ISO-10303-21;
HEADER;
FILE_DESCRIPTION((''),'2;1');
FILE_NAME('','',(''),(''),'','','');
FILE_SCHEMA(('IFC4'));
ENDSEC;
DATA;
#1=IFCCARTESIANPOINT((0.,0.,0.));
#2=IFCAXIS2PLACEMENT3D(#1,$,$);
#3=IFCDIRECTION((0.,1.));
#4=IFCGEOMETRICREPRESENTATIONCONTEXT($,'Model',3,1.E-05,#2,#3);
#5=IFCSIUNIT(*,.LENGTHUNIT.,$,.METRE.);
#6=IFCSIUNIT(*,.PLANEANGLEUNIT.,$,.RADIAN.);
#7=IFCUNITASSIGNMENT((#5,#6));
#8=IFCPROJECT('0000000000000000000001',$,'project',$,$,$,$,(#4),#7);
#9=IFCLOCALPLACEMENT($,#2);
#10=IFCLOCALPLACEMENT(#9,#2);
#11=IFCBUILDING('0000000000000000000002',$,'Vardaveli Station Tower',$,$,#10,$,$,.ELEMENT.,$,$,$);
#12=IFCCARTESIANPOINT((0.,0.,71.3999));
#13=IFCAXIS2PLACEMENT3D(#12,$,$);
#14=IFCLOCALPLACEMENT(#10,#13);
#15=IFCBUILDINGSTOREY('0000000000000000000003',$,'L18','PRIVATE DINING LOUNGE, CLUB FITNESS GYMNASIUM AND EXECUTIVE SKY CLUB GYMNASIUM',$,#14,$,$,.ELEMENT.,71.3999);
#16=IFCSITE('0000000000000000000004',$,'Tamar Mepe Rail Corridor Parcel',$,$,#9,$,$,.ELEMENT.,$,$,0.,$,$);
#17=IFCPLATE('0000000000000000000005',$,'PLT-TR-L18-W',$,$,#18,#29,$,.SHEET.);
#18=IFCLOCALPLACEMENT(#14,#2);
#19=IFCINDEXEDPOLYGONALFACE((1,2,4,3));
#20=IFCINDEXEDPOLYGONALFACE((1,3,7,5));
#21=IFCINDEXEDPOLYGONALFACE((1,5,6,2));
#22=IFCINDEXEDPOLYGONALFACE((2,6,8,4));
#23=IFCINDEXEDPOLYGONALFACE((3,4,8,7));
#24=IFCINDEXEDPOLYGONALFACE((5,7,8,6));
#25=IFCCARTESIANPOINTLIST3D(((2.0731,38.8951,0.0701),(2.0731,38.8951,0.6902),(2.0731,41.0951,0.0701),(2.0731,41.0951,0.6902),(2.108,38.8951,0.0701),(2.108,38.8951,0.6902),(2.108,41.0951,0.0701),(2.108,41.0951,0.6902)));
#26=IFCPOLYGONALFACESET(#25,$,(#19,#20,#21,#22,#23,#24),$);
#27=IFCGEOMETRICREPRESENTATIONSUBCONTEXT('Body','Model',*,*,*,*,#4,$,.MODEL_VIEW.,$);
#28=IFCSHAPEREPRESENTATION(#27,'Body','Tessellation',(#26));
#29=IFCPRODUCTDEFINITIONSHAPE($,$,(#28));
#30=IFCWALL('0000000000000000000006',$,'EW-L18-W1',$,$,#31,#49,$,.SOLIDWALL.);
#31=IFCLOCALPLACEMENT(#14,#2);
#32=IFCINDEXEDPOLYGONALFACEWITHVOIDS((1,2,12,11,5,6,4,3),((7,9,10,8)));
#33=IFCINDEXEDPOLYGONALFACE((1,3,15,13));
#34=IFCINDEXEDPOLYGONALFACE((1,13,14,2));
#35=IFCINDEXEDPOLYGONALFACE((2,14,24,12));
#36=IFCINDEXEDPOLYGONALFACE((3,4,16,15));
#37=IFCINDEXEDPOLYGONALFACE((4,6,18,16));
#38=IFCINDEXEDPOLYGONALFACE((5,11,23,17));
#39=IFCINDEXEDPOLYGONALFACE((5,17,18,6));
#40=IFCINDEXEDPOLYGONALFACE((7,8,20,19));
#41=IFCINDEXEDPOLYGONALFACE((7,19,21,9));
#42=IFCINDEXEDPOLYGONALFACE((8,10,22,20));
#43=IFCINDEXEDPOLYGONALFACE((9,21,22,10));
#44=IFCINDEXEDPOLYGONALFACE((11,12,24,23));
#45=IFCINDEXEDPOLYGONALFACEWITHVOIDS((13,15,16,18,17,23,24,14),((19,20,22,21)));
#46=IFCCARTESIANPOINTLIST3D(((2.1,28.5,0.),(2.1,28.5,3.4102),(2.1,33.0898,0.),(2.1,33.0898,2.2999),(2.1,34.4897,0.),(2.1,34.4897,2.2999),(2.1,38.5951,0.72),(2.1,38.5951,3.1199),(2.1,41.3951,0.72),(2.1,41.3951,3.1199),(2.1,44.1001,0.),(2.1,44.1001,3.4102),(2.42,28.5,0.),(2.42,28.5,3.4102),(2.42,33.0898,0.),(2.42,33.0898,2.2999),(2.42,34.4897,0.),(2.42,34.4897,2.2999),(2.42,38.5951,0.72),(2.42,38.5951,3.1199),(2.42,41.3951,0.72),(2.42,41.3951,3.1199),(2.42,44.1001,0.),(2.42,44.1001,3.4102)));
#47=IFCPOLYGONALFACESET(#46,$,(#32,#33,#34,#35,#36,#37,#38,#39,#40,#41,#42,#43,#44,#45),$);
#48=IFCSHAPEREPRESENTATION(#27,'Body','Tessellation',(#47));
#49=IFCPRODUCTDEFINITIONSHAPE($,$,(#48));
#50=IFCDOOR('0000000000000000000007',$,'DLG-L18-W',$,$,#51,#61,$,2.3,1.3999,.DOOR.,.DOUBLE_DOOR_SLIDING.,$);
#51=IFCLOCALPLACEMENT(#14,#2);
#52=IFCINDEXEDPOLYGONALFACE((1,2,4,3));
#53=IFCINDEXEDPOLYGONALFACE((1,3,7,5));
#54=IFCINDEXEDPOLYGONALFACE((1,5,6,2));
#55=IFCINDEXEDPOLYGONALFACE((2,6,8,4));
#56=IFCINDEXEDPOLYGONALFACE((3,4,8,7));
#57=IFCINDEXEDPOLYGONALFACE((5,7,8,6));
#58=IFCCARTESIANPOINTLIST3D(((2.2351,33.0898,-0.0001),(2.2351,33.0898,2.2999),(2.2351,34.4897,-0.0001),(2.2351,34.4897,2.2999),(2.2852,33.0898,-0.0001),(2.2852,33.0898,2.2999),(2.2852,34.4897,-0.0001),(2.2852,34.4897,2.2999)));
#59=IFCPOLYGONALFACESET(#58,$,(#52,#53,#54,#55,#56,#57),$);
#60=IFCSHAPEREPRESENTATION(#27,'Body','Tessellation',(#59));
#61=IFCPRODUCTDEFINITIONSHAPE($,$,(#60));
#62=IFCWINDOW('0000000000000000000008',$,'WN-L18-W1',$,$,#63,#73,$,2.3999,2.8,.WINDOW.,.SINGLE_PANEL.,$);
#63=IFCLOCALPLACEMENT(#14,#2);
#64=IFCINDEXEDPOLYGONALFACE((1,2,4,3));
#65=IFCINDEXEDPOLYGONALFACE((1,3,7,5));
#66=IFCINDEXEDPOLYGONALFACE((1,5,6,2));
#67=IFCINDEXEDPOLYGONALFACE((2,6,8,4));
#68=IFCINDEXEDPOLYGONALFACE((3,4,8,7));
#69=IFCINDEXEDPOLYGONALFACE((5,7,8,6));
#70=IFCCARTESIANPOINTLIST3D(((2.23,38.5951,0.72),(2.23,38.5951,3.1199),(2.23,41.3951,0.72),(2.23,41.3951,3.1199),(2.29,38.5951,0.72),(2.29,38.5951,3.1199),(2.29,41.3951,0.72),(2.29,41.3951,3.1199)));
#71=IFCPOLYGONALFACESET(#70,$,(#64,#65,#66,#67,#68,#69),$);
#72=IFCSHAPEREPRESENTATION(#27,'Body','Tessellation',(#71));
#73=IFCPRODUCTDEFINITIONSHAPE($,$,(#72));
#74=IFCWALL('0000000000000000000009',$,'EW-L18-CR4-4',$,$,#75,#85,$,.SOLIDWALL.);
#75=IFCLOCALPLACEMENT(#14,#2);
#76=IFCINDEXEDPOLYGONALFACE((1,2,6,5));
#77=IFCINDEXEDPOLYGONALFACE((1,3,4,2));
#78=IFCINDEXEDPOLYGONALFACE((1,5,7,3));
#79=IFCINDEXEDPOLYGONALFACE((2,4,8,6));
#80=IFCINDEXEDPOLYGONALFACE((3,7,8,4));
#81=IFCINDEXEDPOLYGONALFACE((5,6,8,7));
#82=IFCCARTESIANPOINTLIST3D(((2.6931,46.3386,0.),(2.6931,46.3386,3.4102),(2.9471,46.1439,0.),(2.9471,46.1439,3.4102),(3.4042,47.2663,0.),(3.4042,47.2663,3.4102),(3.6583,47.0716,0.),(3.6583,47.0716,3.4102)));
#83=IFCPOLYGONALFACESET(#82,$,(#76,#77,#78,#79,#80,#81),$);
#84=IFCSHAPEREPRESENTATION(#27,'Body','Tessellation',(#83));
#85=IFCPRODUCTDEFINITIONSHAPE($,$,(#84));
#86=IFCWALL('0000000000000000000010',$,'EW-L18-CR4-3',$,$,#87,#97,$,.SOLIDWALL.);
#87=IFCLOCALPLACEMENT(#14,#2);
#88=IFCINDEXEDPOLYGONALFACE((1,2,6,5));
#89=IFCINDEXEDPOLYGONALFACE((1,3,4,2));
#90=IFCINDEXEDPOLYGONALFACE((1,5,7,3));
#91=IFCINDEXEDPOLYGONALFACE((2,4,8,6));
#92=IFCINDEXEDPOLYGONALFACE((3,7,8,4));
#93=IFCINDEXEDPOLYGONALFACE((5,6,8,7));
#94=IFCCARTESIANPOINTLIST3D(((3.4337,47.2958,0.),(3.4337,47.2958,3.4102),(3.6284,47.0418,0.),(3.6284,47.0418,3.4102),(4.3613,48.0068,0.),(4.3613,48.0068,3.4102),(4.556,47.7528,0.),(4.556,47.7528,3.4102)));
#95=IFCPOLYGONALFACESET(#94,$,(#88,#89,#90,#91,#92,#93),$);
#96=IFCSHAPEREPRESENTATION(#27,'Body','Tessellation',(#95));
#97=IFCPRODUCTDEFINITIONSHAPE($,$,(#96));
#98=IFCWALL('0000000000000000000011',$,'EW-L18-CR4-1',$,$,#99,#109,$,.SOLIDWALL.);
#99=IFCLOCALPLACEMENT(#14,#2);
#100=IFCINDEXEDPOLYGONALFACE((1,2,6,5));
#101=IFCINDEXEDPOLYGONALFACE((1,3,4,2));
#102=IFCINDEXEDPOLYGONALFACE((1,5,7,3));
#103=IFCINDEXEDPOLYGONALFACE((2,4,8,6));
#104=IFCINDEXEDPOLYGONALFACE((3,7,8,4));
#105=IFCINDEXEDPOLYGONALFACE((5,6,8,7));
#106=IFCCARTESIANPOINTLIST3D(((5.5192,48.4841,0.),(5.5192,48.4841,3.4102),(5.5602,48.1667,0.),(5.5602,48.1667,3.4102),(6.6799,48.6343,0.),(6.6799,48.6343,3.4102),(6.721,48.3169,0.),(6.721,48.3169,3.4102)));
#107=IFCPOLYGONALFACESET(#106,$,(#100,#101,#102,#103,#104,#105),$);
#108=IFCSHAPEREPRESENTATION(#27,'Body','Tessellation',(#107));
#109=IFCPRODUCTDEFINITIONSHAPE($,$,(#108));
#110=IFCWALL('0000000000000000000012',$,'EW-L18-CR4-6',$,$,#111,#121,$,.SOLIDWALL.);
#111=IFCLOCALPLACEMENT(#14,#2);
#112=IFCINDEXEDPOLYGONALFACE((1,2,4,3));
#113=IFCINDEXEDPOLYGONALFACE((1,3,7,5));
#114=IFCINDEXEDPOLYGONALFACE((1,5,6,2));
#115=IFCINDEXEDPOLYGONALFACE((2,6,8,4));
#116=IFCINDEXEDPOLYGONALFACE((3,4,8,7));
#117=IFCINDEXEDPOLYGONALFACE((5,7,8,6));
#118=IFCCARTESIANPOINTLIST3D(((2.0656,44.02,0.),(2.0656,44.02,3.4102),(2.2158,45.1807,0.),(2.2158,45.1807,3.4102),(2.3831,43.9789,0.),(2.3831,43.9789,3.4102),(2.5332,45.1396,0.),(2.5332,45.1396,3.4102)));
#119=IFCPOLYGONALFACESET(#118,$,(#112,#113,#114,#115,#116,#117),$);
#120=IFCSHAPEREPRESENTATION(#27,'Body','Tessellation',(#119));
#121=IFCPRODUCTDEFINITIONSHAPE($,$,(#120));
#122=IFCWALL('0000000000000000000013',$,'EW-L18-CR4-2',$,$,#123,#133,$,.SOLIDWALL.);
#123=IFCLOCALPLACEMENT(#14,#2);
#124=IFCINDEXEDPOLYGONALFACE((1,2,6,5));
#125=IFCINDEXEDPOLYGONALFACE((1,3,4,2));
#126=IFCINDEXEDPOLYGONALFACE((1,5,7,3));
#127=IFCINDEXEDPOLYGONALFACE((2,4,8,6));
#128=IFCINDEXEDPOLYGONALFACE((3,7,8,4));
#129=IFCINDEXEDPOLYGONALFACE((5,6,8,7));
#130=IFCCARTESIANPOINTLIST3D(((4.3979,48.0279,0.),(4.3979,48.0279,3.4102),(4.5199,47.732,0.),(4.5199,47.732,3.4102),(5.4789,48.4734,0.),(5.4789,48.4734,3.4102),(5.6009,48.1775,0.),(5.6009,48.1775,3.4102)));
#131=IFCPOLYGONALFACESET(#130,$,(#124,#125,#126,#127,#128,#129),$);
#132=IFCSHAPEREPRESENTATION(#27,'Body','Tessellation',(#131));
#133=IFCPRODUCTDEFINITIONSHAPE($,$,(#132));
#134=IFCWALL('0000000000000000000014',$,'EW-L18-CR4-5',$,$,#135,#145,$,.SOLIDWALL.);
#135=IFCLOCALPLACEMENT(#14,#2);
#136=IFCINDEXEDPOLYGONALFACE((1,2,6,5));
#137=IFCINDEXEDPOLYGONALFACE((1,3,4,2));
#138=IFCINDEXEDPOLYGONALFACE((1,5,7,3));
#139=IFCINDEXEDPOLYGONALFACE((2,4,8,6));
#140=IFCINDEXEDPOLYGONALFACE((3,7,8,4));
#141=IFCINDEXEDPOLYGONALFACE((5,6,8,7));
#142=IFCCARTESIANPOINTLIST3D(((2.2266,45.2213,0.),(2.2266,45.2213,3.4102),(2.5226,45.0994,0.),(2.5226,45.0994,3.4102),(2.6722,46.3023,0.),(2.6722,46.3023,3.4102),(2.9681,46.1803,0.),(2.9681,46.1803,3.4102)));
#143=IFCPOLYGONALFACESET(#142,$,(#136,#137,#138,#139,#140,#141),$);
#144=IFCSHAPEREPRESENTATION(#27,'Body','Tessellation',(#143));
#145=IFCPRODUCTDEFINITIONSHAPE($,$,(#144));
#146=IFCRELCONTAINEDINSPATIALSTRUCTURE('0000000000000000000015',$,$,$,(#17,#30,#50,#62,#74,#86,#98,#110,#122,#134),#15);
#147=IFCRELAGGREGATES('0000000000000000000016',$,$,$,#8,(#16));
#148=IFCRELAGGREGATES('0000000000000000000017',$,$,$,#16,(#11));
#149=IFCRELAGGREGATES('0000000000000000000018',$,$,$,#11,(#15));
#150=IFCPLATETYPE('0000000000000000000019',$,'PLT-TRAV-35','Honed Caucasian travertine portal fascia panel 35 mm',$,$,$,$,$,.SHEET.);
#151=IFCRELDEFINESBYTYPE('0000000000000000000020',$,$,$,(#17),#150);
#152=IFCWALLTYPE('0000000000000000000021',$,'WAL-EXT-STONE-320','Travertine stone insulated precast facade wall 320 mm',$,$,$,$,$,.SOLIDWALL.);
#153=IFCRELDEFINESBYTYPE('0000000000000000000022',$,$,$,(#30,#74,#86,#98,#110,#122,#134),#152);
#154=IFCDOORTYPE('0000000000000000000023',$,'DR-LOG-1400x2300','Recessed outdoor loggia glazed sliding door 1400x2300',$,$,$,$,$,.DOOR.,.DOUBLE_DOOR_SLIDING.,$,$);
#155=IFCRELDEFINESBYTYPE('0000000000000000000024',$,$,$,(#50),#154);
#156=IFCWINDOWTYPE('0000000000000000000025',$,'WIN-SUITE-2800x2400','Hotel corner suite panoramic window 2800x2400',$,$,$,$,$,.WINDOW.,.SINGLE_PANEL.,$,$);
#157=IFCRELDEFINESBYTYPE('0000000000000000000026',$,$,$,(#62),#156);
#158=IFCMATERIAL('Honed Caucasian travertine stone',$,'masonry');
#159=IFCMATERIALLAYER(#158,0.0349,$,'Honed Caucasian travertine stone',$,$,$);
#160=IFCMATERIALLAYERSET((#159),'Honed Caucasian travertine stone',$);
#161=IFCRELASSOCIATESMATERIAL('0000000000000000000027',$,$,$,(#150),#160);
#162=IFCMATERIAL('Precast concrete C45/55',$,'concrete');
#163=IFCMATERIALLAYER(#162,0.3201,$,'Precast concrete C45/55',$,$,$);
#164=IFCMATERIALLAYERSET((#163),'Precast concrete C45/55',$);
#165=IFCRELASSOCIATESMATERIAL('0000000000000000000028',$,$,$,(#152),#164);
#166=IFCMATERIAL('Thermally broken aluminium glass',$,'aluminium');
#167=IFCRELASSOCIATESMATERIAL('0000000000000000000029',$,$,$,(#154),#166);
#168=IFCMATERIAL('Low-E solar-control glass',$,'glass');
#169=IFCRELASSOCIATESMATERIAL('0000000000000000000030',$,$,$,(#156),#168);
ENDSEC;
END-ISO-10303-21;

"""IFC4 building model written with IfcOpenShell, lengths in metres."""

from ifc_helpers import new_model, si_unit, direction, frame, frame_2d, origin, origin_2d, place, context, subcontext, project, spatial, rectangle, extrude, source, transform, mapped, material, layer, layer_set, type_object, element, fill, save


model = new_model("IFC4")

# Units and contexts
model_context = context("Model", 3, precision=1e-05, world=origin(), true_north=direction((0.0, 1.0)))
body_context = subcontext(model_context, "Body", "Model", "MODEL_VIEW")
ifc_project = project(units=[si_unit("LENGTHUNIT", "METRE"), si_unit("PLANEANGLEUNIT", "RADIAN")], contexts=[model_context])

# Site, building, storey
site_placement = place(None, origin())
site = spatial("IfcSite", under=ifc_project, at=site_placement, Name="Tamar Mepe Rail Corridor Parcel", CompositionType="ELEMENT", RefElevation=0.0)
building_placement = place(site_placement, origin())
building = spatial("IfcBuilding", under=site, at=building_placement, Name="Vardaveli Station Tower", CompositionType="ELEMENT")
storey_placement = place(building_placement, frame((0.0, 0.0, 71.3999)))
storey = spatial("IfcBuildingStorey", under=building, at=storey_placement, Name="L18", Description="PRIVATE DINING LOUNGE, CLUB FITNESS GYMNASIUM AND EXECUTIVE SKY CLUB GYMNASIUM", CompositionType="ELEMENT", Elevation=71.3999)

# Shared definitions
ifc_material_1 = material(Name="Precast concrete C45/55", Category="concrete")

# Plate
ifc_material_2 = material(Name="Honed Caucasian travertine stone", Category="masonry")
ifc_layer_1 = layer(ifc_material_2, 0.0349, Name="Honed Caucasian travertine stone")
ifc_layer_set_1 = layer_set([ifc_layer_1], Name="Honed Caucasian travertine stone")
plate_type = type_object("IfcPlateType", Name="PLT-TRAV-35", Description="Honed Caucasian travertine portal fascia panel 35 mm", PredefinedType="SHEET", material=ifc_layer_set_1)
shared_shape_1 = source(origin(), body_context, "Body", "SweptSolid", [
    extrude(rectangle(XDim=2.2, YDim=0.0349, at=origin_2d()), origin(), (0.0, 0.0, 1.0), 0.6201),
])
plate_placement = place(storey_placement, frame((2.0906, 39.9951, 0.0701), z_axis=(0.0, 0.0, 1.0), x_axis=(0.0, 1.0, 0.0)))
element("IfcPlate", 1, at=plate_placement, inside=storey, type_object=plate_type, Name="PLT-TR-L18-W", PredefinedType="SHEET", context=body_context, shape_type="MappedRepresentation", body=[
    mapped(shared_shape_1, transform((0.0, 0.0, 0.0), scale=1.0)),
])

# Wall, openings, door, window
ifc_layer_2 = layer(ifc_material_1, 0.3201, Name="Precast concrete C45/55")
ifc_layer_set_2 = layer_set([ifc_layer_2], Name="Precast concrete C45/55")
wall_type_1 = type_object("IfcWallType", Name="WAL-EXT-STONE-320", Description="Travertine stone insulated precast facade wall 320 mm", PredefinedType="SOLIDWALL", material=ifc_layer_set_2)
shared_shape_2 = source(origin(), body_context, "Body", "SweptSolid", [
    extrude(rectangle(XDim=15.6001, YDim=0.3201, at=frame_2d((7.8, 0.0))), origin(), (0.0, 0.0, 1.0), 3.4102),
])
wall_1_placement = place(storey_placement, frame((2.26, 44.1001, 0.0), z_axis=(0.0, 0.0, 1.0), x_axis=(0.0, -1.0, 0.0)))
wall_1 = element("IfcWall", 2, at=wall_1_placement, inside=storey, type_object=wall_type_1, Name="EW-L18-W1", PredefinedType="SOLIDWALL", context=body_context, shape_type="MappedRepresentation", body=[
    mapped(shared_shape_2, transform((0.0, 0.0, 0.0), scale=1.0)),
])
shared_shape_3 = source(origin(), body_context, "Body", "SweptSolid", [
    extrude(rectangle(XDim=1.3999, YDim=2.3, at=frame_2d((0.7, 1.1499))), frame((0.0, 0.1699, 0.0), z_axis=(0.0, -1.0, 0.0), x_axis=(1.0, 0.0, 0.0)), (0.0, 0.0, 1.0), 0.3401),
])
opening_1_placement = place(wall_1_placement, frame((9.6104, 0.0, 0.0)))
opening_1 = element("IfcOpeningElement", 3, at=opening_1_placement, cuts=wall_1, PredefinedType="OPENING", context=body_context, shape_type="MappedRepresentation", body=[
    mapped(shared_shape_3, transform((0.0, 0.0, 0.0), scale=1.0)),
])
shared_shape_4 = source(origin(), body_context, "Body", "SweptSolid", [
    extrude(rectangle(XDim=2.8, YDim=2.3999, at=frame_2d((1.3999, 1.2))), frame((0.0, 0.1699, 0.0), z_axis=(0.0, -1.0, 0.0), x_axis=(1.0, 0.0, 0.0)), (0.0, 0.0, 1.0), 0.3401),
])
opening_2_placement = place(wall_1_placement, frame((2.7051, 0.0, 0.72)))
opening_2 = element("IfcOpeningElement", 4, at=opening_2_placement, cuts=wall_1, PredefinedType="OPENING", context=body_context, shape_type="MappedRepresentation", body=[
    mapped(shared_shape_4, transform((0.0, 0.0, 0.0), scale=1.0)),
])
ifc_material_3 = material(Name="Thermally broken aluminium glass", Category="aluminium")
door_type_1 = type_object("IfcDoorType", Name="DR-LOG-1400x2300", Description="Recessed outdoor loggia glazed sliding door 1400x2300", OperationType="DOUBLE_DOOR_SLIDING", PredefinedType="DOOR", material=ifc_material_3)
shared_shape_5 = source(origin(), body_context, "Body", "SweptSolid", [
    extrude(rectangle(XDim=1.3999, YDim=2.3, at=frame_2d((0.7, 1.1499))), frame((0.0, 0.0249, 0.0), z_axis=(0.0, -1.0, 0.0), x_axis=(1.0, 0.0, 0.0)), (0.0, 0.0, 1.0), 0.05),
])
door_1_placement = place(opening_1_placement, frame((1.3999, 0.0, 0.0), z_axis=(0.0, 0.0, 1.0), x_axis=(-1.0, 0.0, 0.0)))
door_1 = element("IfcDoor", 5, at=door_1_placement, inside=storey, type_object=door_type_1, Name="DLG-L18-W", OperationType="DOUBLE_DOOR_SLIDING", OverallHeight=2.3, OverallWidth=1.3999, PredefinedType="DOOR", context=body_context, shape_type="MappedRepresentation", body=[
    mapped(shared_shape_5, transform((0.0, 0.0, 0.0), scale=1.0)),
])
fill(opening_1, door_1)
ifc_material_4 = material(Name="Low-E solar-control glass", Category="glass")
window_type = type_object("IfcWindowType", Name="WIN-SUITE-2800x2400", Description="Hotel corner suite panoramic window 2800x2400", PartitioningType="SINGLE_PANEL", PredefinedType="WINDOW", material=ifc_material_4)
shared_shape_6 = source(origin(), body_context, "Body", "SweptSolid", [
    extrude(rectangle(XDim=2.8, YDim=2.3999, at=frame_2d((1.3999, 1.2))), frame((0.0, 0.03, 0.0), z_axis=(0.0, -1.0, 0.0), x_axis=(1.0, 0.0, 0.0)), (0.0, 0.0, 1.0), 0.0601),
])
window_placement = place(opening_2_placement, origin())
window = element("IfcWindow", 6, at=window_placement, inside=storey, type_object=window_type, Name="WN-L18-W1", OverallHeight=2.3999, OverallWidth=2.8, PartitioningType="SINGLE_PANEL", PredefinedType="WINDOW", context=body_context, shape_type="MappedRepresentation", body=[
    mapped(shared_shape_6, transform((0.0, 0.0, 0.0), scale=1.0)),
])
fill(opening_2, window)

# Walls
shared_shape_7 = source(origin(), body_context, "Body", "SweptSolid", [
    extrude(rectangle(XDim=1.1689, YDim=0.3201, at=frame_2d((0.5845, 0.0))), origin(), (0.0, 0.0, 1.0), 3.4102),
])
wall_2_placement = place(storey_placement, frame((3.5312, 47.1689, 0.0), z_axis=(0.0, 0.0, 1.0), x_axis=(-0.608388, -0.79364, 0.0)))
element("IfcWall", 7, at=wall_2_placement, inside=storey, type_object=wall_type_1, Name="EW-L18-CR4-4", PredefinedType="SOLIDWALL", context=body_context, shape_type="MappedRepresentation", body=[
    mapped(shared_shape_7, transform((0.0, 0.0, 0.0), scale=1.0)),
])
shared_shape_8 = source(origin(), body_context, "Body", "SweptSolid", [
    extrude(rectangle(XDim=1.1687, YDim=0.3201, at=frame_2d((0.5845, 0.0))), origin(), (0.0, 0.0, 1.0), 3.4102),
])
wall_3_placement = place(storey_placement, frame((4.4587, 47.8799, 0.0), z_axis=(0.0, 0.0, 1.0), x_axis=(-0.793664, -0.608357, 0.0)))
element("IfcWall", 8, at=wall_3_placement, inside=storey, type_object=wall_type_1, Name="EW-L18-CR4-3", PredefinedType="SOLIDWALL", context=body_context, shape_type="MappedRepresentation", body=[
    mapped(shared_shape_8, transform((0.0, 0.0, 0.0), scale=1.0)),
])
shared_shape_9 = source(origin(), body_context, "Body", "SweptSolid", [
    extrude(rectangle(XDim=1.1704, YDim=0.3201, at=frame_2d((0.5852, 0.0))), origin(), (0.0, 0.0, 1.0), 3.4102),
])
for number, where, z_axis, x_axis, name in (
    (9, (6.7004, 48.4756, 0.0), (0.0, 0.0, 1.0), (-0.991736, -0.128296, 0.0), "EW-L18-CR4-1"),
    (10, (2.3745, 45.1602, 0.0), (0.0, 0.0, 1.0), (-0.128296, -0.991736, 0.0), "EW-L18-CR4-6"),
):
    element("IfcWall", number, at=place(storey_placement, frame(where, z_axis=z_axis, x_axis=x_axis)), inside=storey, type_object=wall_type_1, Name=name, PredefinedType="SOLIDWALL", context=body_context, shape_type="MappedRepresentation", body=[
        mapped(shared_shape_9, transform((0.0, 0.0, 0.0), scale=1.0)),
    ])
shared_shape_10 = source(origin(), body_context, "Body", "SweptSolid", [
    extrude(rectangle(XDim=1.1692, YDim=0.3201, at=frame_2d((0.5845, 0.0))), origin(), (0.0, 0.0, 1.0), 3.4102),
])
for number, where, z_axis, x_axis, name in (
    (11, (5.5398, 48.3254, 0.0), (0.0, 0.0, 1.0), (-0.924553, -0.381054, 0.0), "EW-L18-CR4-2"),
    (12, (2.8201, 46.2412, 0.0), (0.0, 0.0, 1.0), (-0.381054, -0.924553, 0.0), "EW-L18-CR4-5"),
):
    element("IfcWall", number, at=place(storey_placement, frame(where, z_axis=z_axis, x_axis=x_axis)), inside=storey, type_object=wall_type_1, Name=name, PredefinedType="SOLIDWALL", context=body_context, shape_type="MappedRepresentation", body=[
        mapped(shared_shape_10, transform((0.0, 0.0, 0.0), scale=1.0)),
    ])

save(model, "model.ifc")
